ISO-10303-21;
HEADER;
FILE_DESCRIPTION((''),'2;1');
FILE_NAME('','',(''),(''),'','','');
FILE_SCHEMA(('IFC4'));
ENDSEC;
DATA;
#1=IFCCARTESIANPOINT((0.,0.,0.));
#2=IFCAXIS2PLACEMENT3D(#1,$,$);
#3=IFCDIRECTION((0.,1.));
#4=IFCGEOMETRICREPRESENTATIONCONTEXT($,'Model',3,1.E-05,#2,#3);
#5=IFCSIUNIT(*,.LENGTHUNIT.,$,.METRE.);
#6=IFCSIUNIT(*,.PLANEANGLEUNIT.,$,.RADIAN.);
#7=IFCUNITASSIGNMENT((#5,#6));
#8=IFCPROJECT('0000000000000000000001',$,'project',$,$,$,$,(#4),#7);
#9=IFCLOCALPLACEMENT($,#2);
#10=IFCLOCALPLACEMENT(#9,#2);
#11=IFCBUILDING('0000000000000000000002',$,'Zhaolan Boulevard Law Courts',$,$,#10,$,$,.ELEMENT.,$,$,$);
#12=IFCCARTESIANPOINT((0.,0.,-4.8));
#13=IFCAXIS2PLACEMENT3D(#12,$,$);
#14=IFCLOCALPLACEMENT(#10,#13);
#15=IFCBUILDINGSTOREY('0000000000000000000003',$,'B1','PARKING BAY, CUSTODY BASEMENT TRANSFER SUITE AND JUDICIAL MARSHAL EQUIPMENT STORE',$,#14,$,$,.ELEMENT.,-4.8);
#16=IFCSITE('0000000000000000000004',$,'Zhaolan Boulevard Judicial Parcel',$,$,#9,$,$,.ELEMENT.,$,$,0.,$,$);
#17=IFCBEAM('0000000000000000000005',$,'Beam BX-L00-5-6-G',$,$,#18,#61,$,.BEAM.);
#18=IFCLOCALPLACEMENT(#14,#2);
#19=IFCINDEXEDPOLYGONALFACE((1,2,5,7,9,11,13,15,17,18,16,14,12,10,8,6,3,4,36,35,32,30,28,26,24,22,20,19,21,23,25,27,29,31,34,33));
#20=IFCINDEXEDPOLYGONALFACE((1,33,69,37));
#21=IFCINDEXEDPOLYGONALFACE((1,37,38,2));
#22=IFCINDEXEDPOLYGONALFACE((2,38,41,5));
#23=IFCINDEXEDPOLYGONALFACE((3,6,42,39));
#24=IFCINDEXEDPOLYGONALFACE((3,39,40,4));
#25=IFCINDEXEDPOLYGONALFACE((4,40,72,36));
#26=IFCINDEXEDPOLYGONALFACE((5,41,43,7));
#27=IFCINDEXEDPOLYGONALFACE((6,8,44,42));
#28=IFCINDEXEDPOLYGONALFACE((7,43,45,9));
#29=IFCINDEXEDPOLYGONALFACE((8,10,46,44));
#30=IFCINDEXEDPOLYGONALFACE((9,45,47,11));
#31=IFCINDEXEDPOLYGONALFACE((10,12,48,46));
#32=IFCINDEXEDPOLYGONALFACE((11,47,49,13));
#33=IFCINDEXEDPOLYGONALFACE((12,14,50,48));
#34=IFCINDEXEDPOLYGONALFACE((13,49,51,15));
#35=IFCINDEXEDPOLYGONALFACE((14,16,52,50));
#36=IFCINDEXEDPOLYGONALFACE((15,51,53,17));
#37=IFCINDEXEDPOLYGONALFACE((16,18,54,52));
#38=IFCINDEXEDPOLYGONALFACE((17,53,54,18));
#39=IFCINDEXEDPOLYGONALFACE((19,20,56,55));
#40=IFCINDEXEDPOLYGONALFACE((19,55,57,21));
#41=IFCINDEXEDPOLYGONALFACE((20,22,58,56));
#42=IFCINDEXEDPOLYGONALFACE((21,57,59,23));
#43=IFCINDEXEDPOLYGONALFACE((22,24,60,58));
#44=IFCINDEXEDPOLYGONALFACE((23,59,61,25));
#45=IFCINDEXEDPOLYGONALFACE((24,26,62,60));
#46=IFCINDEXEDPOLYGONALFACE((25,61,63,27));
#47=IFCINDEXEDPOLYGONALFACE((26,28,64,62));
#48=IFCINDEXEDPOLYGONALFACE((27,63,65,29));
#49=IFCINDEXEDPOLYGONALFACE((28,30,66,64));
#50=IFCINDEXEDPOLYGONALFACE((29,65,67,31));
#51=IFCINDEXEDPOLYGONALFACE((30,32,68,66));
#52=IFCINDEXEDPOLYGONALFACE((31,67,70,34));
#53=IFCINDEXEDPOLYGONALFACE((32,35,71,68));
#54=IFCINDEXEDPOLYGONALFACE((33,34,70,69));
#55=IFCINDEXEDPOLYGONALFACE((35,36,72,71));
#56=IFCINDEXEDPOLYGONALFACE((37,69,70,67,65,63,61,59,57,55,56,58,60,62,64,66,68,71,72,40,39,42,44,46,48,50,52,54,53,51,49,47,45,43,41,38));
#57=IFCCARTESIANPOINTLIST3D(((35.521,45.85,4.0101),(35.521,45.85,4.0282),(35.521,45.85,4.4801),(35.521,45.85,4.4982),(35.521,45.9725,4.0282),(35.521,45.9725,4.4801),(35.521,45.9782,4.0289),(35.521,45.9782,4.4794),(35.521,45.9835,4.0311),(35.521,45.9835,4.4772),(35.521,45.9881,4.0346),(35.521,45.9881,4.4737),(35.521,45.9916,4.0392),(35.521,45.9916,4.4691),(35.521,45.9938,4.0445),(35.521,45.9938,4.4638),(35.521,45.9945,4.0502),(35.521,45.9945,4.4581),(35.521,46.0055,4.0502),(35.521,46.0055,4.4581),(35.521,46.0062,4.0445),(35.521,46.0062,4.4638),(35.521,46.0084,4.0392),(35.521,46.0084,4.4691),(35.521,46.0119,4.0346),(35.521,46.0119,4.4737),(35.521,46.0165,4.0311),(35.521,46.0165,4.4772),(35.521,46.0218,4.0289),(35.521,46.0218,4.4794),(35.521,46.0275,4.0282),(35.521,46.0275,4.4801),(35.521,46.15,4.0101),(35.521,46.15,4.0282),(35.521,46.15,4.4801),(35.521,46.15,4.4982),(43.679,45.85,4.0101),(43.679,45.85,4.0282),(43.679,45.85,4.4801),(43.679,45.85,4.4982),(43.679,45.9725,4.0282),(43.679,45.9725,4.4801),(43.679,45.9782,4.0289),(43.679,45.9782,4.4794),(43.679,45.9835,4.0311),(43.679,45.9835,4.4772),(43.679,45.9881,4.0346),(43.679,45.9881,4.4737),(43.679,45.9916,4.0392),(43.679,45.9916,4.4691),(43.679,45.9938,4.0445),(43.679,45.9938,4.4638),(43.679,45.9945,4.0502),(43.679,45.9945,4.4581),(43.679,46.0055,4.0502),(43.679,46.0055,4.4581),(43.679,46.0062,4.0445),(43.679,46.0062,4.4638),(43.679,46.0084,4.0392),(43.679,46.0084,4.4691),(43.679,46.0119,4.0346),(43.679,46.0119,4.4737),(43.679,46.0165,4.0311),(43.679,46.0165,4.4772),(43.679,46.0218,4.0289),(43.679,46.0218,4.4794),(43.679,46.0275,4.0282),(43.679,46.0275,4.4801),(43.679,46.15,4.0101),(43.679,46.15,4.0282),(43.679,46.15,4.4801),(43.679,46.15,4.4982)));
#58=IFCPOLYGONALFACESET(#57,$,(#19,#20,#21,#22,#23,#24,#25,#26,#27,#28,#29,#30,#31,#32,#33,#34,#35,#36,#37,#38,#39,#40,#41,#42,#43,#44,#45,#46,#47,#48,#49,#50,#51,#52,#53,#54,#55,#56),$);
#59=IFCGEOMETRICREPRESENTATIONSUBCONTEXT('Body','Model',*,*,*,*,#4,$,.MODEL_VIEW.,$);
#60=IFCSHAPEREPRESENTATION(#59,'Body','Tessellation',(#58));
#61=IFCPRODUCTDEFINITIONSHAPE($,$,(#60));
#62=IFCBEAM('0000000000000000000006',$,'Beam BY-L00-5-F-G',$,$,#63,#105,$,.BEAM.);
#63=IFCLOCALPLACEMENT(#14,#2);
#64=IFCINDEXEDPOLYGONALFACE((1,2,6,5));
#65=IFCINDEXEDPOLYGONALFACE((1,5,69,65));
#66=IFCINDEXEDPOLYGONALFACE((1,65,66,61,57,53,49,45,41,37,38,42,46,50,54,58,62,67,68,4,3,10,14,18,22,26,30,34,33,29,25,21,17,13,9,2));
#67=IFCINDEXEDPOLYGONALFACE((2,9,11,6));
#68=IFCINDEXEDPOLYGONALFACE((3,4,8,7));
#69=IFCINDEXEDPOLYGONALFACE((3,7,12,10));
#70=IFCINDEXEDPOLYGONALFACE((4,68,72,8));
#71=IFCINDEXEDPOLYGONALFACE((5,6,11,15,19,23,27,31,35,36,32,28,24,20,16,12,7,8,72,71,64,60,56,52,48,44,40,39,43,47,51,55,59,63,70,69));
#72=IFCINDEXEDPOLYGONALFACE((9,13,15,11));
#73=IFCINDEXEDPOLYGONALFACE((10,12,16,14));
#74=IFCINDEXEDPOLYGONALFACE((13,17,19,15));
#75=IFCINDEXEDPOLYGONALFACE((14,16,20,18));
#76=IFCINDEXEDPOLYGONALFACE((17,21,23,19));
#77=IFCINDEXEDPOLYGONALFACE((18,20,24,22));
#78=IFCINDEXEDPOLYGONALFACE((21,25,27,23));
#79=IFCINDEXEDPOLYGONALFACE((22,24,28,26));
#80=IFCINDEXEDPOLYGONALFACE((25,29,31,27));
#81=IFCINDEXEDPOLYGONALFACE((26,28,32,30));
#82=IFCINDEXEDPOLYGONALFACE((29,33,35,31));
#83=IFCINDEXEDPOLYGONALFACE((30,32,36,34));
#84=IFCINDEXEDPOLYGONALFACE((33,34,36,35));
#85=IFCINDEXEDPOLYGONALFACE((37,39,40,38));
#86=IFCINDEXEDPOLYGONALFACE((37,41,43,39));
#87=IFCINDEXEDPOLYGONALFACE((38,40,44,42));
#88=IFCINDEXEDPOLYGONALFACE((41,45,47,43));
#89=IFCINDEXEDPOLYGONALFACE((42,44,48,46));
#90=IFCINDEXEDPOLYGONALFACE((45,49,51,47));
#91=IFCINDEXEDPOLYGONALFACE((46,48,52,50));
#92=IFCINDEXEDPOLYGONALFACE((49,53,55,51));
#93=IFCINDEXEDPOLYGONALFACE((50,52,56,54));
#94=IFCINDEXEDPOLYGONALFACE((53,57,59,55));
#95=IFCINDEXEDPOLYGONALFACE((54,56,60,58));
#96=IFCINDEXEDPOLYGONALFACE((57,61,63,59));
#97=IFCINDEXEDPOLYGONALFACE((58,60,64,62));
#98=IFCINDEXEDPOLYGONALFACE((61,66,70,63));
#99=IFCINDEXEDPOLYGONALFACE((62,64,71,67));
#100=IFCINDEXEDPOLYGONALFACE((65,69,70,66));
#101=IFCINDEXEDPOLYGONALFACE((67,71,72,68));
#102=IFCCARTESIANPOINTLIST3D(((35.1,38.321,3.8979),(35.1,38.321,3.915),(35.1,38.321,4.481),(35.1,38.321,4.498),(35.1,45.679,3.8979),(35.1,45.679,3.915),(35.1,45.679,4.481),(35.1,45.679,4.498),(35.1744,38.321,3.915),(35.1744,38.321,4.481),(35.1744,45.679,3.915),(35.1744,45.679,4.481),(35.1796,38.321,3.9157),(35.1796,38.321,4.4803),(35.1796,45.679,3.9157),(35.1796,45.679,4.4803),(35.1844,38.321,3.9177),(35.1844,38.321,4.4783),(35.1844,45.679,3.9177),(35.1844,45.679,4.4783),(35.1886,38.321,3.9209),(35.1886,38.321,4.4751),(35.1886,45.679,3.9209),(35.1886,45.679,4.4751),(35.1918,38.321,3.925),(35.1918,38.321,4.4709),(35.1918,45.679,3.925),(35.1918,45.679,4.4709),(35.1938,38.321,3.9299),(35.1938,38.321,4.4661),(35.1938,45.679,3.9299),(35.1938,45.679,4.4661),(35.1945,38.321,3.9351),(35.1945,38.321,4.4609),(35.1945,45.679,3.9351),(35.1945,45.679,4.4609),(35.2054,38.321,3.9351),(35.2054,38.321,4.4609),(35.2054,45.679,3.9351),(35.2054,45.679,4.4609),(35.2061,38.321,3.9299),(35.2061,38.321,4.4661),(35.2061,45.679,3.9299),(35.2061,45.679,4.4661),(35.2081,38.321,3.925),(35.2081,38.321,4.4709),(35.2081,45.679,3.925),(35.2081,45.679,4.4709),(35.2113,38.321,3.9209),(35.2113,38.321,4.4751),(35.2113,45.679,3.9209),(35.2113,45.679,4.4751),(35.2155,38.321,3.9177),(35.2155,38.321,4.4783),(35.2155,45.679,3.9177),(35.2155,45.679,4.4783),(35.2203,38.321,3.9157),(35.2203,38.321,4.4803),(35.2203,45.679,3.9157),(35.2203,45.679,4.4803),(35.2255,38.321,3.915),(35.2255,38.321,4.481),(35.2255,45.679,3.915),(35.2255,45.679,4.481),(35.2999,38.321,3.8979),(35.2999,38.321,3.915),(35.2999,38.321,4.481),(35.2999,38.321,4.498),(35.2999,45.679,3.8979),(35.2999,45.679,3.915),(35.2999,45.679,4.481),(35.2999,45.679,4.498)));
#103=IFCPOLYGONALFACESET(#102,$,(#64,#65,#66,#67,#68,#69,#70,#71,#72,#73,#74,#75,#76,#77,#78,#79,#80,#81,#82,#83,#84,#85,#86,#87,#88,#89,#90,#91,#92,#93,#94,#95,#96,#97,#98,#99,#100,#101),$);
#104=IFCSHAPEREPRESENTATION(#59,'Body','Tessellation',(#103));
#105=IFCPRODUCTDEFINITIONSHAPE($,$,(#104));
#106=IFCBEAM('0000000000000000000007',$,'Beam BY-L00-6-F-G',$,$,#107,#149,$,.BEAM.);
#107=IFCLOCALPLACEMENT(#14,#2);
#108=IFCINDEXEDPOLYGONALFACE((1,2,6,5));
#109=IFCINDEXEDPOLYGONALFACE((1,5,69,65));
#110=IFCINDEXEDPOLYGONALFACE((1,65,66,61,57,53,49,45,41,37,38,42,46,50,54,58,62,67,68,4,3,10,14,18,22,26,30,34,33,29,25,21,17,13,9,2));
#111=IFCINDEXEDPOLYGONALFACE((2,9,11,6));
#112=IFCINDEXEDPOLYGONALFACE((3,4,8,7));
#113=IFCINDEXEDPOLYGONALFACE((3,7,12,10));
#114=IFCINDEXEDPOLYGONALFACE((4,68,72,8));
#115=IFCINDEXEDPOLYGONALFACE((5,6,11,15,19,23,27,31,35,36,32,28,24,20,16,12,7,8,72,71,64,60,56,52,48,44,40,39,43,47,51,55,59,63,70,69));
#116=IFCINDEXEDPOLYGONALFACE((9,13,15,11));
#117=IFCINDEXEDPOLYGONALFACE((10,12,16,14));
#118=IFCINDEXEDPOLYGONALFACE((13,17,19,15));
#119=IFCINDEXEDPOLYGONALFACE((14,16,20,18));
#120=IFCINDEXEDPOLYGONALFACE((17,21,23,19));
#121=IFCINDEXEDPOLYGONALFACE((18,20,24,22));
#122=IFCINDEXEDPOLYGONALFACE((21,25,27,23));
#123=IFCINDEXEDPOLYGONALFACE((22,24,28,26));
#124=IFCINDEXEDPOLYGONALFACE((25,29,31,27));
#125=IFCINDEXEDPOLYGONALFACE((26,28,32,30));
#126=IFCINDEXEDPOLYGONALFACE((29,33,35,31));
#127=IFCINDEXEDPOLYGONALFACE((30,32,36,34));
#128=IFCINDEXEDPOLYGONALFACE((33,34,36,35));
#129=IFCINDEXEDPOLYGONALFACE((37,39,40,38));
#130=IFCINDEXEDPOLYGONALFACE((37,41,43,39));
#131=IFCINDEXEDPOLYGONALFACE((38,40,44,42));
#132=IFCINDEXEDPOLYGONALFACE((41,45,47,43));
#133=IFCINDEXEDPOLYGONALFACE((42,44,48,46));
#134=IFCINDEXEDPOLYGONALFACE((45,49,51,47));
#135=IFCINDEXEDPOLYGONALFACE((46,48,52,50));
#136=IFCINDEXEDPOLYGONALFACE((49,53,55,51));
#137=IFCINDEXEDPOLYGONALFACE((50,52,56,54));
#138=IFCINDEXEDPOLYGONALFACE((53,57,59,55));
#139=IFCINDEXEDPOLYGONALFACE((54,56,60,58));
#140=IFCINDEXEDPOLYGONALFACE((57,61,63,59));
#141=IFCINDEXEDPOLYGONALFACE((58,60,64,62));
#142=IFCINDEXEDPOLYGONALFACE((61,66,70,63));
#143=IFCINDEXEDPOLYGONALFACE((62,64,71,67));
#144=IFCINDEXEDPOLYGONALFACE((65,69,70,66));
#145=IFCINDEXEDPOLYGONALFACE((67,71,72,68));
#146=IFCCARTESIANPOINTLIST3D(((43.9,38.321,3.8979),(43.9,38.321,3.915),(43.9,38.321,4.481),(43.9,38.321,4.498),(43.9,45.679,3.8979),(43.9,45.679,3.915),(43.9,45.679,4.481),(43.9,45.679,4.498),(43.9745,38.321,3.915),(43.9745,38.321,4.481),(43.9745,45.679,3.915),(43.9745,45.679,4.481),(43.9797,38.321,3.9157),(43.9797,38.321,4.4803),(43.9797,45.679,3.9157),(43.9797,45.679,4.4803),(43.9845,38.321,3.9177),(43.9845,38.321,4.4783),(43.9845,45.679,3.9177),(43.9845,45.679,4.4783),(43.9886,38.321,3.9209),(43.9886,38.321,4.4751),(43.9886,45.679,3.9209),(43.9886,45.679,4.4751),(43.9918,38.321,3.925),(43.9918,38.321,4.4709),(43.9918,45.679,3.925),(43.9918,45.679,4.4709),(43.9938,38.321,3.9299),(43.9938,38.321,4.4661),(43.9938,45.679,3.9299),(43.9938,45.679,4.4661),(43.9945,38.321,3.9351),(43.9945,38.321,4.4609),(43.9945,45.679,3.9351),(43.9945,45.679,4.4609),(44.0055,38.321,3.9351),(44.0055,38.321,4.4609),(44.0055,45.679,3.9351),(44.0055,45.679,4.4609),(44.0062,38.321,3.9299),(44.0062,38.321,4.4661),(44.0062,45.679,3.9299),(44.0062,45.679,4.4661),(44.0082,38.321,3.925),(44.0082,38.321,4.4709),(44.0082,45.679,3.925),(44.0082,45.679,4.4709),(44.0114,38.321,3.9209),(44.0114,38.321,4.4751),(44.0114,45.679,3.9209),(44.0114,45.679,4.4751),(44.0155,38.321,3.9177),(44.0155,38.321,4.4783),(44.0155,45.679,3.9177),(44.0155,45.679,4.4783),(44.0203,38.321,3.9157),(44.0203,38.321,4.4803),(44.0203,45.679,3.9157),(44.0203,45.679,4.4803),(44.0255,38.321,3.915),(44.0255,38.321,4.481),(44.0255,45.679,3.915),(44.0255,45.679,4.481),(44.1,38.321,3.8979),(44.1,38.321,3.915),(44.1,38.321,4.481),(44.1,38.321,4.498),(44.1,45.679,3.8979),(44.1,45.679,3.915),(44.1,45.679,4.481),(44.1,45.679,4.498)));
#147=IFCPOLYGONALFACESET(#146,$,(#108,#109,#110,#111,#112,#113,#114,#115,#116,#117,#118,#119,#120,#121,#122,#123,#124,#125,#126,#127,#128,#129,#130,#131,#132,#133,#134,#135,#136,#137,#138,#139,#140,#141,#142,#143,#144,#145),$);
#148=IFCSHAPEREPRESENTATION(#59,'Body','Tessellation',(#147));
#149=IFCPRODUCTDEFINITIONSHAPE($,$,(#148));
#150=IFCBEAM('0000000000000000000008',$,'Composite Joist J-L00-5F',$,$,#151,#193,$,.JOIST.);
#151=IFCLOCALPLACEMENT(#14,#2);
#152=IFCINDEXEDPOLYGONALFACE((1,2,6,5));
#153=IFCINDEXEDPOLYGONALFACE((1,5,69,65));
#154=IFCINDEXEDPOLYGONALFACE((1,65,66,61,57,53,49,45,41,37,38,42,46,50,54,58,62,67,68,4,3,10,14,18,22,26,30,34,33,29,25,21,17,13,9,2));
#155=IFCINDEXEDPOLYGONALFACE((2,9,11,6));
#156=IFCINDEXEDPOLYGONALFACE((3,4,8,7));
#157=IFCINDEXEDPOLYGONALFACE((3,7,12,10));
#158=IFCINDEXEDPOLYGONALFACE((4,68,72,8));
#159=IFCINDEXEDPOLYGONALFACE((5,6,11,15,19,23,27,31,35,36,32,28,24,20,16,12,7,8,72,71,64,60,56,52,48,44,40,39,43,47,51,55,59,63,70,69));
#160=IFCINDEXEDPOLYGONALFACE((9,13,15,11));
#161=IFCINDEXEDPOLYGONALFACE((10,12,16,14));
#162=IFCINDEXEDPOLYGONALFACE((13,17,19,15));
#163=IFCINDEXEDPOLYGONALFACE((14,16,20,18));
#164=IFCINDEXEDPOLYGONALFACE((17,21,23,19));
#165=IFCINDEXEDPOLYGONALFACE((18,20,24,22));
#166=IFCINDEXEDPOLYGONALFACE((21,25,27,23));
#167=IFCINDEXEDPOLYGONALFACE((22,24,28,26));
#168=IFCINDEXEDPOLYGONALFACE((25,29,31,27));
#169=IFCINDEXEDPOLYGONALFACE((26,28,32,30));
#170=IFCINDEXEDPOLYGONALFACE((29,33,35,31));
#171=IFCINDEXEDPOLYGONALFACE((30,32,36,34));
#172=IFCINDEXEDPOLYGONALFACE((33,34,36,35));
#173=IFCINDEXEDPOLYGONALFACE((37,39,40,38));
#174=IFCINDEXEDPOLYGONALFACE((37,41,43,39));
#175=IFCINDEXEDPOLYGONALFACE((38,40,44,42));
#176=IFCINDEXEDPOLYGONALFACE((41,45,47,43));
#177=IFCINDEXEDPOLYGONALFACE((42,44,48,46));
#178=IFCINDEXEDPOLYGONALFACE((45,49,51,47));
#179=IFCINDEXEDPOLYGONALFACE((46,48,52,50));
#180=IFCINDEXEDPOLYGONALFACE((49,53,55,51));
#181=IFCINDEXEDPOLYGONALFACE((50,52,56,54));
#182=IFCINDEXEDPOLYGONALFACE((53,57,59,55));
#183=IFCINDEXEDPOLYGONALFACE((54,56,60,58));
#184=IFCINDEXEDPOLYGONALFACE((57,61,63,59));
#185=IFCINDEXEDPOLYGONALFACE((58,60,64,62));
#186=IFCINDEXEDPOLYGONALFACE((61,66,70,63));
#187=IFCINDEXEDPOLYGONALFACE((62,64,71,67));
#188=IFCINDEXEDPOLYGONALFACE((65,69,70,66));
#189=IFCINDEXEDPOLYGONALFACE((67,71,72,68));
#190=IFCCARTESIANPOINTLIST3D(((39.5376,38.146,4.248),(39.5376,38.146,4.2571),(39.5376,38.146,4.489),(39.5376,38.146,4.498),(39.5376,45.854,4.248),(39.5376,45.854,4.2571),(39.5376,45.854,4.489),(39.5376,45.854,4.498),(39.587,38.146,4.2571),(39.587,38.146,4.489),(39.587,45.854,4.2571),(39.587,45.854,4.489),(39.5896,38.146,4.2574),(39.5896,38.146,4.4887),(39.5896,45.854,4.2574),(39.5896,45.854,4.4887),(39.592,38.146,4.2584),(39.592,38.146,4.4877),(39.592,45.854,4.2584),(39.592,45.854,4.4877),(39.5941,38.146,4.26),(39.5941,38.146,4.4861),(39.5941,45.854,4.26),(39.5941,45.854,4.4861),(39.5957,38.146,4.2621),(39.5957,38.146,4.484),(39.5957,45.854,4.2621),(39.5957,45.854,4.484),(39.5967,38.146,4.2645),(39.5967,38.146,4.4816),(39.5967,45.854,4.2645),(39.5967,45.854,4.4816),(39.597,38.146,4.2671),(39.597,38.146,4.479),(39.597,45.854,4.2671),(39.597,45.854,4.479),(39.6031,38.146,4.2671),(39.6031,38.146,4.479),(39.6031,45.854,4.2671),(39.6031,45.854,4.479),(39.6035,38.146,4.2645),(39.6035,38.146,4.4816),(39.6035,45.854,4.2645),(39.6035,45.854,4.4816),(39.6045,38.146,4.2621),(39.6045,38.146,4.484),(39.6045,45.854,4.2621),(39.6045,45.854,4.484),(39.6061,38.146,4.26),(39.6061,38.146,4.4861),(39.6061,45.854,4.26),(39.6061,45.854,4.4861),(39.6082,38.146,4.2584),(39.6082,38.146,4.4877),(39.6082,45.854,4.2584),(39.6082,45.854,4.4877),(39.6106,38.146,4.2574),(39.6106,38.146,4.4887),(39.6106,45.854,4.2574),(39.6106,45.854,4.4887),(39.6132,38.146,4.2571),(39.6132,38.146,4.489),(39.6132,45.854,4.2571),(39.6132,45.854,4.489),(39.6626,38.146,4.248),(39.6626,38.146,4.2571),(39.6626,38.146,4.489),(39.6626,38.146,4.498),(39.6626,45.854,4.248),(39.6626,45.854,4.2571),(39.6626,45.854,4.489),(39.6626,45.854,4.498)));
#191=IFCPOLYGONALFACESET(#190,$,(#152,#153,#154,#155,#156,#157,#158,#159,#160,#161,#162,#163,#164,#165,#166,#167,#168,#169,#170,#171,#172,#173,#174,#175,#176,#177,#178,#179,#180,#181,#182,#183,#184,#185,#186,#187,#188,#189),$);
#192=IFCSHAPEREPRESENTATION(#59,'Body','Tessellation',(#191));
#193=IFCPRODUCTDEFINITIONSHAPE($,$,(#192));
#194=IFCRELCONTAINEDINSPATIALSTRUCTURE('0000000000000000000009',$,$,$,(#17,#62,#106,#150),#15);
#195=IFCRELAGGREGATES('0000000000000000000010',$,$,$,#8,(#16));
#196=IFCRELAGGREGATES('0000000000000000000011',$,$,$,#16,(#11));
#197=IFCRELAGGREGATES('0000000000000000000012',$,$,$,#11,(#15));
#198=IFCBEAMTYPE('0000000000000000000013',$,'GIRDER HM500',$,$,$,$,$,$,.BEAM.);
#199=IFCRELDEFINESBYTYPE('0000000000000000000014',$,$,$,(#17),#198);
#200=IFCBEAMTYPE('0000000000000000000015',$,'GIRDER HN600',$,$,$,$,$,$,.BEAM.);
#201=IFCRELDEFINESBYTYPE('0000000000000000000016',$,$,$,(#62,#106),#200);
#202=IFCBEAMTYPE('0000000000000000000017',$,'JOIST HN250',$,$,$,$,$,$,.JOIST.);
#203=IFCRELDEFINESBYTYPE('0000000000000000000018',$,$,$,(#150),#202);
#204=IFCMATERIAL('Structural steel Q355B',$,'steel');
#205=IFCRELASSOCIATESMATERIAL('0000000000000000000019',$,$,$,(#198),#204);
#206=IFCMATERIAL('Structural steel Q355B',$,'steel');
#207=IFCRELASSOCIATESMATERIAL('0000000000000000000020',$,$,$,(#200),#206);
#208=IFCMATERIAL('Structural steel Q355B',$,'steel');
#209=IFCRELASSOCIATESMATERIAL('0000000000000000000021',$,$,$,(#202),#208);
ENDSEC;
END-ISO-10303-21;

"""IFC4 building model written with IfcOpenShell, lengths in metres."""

from ifc_helpers import new_model, si_unit, direction, frame, origin, origin_2d, place, context, subcontext, project, spatial, i_section, extrude, material, material_profile, profile_set, type_object, element, save


model = new_model("IFC4")

# Units and contexts
model_context = context("Model", 3, precision=1e-05, world=origin(), true_north=direction((0.0, 1.0)))
body_context = subcontext(model_context, "Body", "Model", "MODEL_VIEW")
ifc_project = project(units=[si_unit("LENGTHUNIT", "METRE"), si_unit("PLANEANGLEUNIT", "RADIAN")], contexts=[model_context])

# Site, building, storey
site_placement = place(None, origin())
site = spatial("IfcSite", under=ifc_project, at=site_placement, Name="Zhaolan Boulevard Judicial Parcel", CompositionType="ELEMENT", RefElevation=0.0)
building_placement = place(site_placement, origin())
building = spatial("IfcBuilding", under=site, at=building_placement, Name="Zhaolan Boulevard Law Courts", CompositionType="ELEMENT")
storey_placement = place(building_placement, frame((0.0, 0.0, -4.8)))
storey = spatial("IfcBuildingStorey", under=building, at=storey_placement, Name="B1", Description="PARKING BAY, CUSTODY BASEMENT TRANSFER SUITE AND JUDICIAL MARSHAL EQUIPMENT STORE", CompositionType="ELEMENT", Elevation=-4.8)

# Beams
ifc_material_1 = material(Name="Structural steel Q355B", Category="steel")
ifc_material_profile_1 = material_profile(ifc_material_1, i_section(OverallWidth=0.3, OverallDepth=0.488, WebThickness=0.011, FlangeThickness=0.0181, FilletRadius=0.022, at=origin_2d()), Name="HM488x300")
ifc_profile_set_1 = profile_set([ifc_material_profile_1], Name="Structural steel Q355B")
beam_type_1 = type_object("IfcBeamType", Name="GIRDER HM500", PredefinedType="BEAM", material=ifc_profile_set_1)
beam_1_placement = place(storey_placement, frame((35.521, 46.0, 4.2542), z_axis=(1.0, 0.0, 0.0), x_axis=(0.0, 1.0, 0.0)))
element("IfcBeam", 1, at=beam_1_placement, inside=storey, type_object=beam_type_1, Name="Beam BX-L00-5-6-G", PredefinedType="BEAM", context=body_context, shape_type="SweptSolid", body=[
    extrude(i_section(OverallWidth=0.3, OverallDepth=0.488, WebThickness=0.011, FlangeThickness=0.0181, FilletRadius=0.022, at=origin_2d()), origin(), (0.0, 0.0, 1.0), 8.158),
])
ifc_material_2 = material(Name="Structural steel Q355B", Category="steel")
ifc_material_profile_2 = material_profile(ifc_material_2, i_section(OverallWidth=0.2, OverallDepth=0.6001, WebThickness=0.011, FlangeThickness=0.0171, FilletRadius=0.02, at=origin_2d()), Name="HN600x200")
ifc_profile_set_2 = profile_set([ifc_material_profile_2], Name="Structural steel Q355B")
beam_type_2 = type_object("IfcBeamType", Name="GIRDER HN600", PredefinedType="BEAM", material=ifc_profile_set_2)
for number, where, z_axis, x_axis, name in (
    (2, (35.2, 38.321, 4.198), (0.0, 1.0, 0.0), (-1.0, 0.0, 0.0), "Beam BY-L00-5-F-G"),
    (3, (44.0, 38.321, 4.198), (0.0, 1.0, 0.0), (-1.0, 0.0, 0.0), "Beam BY-L00-6-F-G"),
):
    element("IfcBeam", number, at=place(storey_placement, frame(where, z_axis=z_axis, x_axis=x_axis)), inside=storey, type_object=beam_type_2, Name=name, PredefinedType="BEAM", context=body_context, shape_type="SweptSolid", body=[
        extrude(i_section(OverallWidth=0.2, OverallDepth=0.6001, WebThickness=0.011, FlangeThickness=0.0171, FilletRadius=0.02, at=origin_2d()), origin(), (0.0, 0.0, 1.0), 7.3579),
    ])
ifc_material_3 = material(Name="Structural steel Q355B", Category="steel")
ifc_material_profile_3 = material_profile(ifc_material_3, i_section(OverallWidth=0.125, OverallDepth=0.25, WebThickness=0.0061, FlangeThickness=0.009, FilletRadius=0.01, at=origin_2d()), Name="HN250x125")
ifc_profile_set_3 = profile_set([ifc_material_profile_3], Name="Structural steel Q355B")
beam_type_3 = type_object("IfcBeamType", Name="JOIST HN250", PredefinedType="JOIST", material=ifc_profile_set_3)
beam_2_placement = place(storey_placement, frame((39.6001, 38.146, 4.373), z_axis=(0.0, 1.0, 0.0), x_axis=(-1.0, 0.0, 0.0)))
element("IfcBeam", 4, at=beam_2_placement, inside=storey, type_object=beam_type_3, Name="Composite Joist J-L00-5F", PredefinedType="JOIST", context=body_context, shape_type="SweptSolid", body=[
    extrude(i_section(OverallWidth=0.125, OverallDepth=0.25, WebThickness=0.0061, FlangeThickness=0.009, FilletRadius=0.01, at=origin_2d()), origin(), (0.0, 0.0, 1.0), 7.708),
])

save(model, "model.ifc")
